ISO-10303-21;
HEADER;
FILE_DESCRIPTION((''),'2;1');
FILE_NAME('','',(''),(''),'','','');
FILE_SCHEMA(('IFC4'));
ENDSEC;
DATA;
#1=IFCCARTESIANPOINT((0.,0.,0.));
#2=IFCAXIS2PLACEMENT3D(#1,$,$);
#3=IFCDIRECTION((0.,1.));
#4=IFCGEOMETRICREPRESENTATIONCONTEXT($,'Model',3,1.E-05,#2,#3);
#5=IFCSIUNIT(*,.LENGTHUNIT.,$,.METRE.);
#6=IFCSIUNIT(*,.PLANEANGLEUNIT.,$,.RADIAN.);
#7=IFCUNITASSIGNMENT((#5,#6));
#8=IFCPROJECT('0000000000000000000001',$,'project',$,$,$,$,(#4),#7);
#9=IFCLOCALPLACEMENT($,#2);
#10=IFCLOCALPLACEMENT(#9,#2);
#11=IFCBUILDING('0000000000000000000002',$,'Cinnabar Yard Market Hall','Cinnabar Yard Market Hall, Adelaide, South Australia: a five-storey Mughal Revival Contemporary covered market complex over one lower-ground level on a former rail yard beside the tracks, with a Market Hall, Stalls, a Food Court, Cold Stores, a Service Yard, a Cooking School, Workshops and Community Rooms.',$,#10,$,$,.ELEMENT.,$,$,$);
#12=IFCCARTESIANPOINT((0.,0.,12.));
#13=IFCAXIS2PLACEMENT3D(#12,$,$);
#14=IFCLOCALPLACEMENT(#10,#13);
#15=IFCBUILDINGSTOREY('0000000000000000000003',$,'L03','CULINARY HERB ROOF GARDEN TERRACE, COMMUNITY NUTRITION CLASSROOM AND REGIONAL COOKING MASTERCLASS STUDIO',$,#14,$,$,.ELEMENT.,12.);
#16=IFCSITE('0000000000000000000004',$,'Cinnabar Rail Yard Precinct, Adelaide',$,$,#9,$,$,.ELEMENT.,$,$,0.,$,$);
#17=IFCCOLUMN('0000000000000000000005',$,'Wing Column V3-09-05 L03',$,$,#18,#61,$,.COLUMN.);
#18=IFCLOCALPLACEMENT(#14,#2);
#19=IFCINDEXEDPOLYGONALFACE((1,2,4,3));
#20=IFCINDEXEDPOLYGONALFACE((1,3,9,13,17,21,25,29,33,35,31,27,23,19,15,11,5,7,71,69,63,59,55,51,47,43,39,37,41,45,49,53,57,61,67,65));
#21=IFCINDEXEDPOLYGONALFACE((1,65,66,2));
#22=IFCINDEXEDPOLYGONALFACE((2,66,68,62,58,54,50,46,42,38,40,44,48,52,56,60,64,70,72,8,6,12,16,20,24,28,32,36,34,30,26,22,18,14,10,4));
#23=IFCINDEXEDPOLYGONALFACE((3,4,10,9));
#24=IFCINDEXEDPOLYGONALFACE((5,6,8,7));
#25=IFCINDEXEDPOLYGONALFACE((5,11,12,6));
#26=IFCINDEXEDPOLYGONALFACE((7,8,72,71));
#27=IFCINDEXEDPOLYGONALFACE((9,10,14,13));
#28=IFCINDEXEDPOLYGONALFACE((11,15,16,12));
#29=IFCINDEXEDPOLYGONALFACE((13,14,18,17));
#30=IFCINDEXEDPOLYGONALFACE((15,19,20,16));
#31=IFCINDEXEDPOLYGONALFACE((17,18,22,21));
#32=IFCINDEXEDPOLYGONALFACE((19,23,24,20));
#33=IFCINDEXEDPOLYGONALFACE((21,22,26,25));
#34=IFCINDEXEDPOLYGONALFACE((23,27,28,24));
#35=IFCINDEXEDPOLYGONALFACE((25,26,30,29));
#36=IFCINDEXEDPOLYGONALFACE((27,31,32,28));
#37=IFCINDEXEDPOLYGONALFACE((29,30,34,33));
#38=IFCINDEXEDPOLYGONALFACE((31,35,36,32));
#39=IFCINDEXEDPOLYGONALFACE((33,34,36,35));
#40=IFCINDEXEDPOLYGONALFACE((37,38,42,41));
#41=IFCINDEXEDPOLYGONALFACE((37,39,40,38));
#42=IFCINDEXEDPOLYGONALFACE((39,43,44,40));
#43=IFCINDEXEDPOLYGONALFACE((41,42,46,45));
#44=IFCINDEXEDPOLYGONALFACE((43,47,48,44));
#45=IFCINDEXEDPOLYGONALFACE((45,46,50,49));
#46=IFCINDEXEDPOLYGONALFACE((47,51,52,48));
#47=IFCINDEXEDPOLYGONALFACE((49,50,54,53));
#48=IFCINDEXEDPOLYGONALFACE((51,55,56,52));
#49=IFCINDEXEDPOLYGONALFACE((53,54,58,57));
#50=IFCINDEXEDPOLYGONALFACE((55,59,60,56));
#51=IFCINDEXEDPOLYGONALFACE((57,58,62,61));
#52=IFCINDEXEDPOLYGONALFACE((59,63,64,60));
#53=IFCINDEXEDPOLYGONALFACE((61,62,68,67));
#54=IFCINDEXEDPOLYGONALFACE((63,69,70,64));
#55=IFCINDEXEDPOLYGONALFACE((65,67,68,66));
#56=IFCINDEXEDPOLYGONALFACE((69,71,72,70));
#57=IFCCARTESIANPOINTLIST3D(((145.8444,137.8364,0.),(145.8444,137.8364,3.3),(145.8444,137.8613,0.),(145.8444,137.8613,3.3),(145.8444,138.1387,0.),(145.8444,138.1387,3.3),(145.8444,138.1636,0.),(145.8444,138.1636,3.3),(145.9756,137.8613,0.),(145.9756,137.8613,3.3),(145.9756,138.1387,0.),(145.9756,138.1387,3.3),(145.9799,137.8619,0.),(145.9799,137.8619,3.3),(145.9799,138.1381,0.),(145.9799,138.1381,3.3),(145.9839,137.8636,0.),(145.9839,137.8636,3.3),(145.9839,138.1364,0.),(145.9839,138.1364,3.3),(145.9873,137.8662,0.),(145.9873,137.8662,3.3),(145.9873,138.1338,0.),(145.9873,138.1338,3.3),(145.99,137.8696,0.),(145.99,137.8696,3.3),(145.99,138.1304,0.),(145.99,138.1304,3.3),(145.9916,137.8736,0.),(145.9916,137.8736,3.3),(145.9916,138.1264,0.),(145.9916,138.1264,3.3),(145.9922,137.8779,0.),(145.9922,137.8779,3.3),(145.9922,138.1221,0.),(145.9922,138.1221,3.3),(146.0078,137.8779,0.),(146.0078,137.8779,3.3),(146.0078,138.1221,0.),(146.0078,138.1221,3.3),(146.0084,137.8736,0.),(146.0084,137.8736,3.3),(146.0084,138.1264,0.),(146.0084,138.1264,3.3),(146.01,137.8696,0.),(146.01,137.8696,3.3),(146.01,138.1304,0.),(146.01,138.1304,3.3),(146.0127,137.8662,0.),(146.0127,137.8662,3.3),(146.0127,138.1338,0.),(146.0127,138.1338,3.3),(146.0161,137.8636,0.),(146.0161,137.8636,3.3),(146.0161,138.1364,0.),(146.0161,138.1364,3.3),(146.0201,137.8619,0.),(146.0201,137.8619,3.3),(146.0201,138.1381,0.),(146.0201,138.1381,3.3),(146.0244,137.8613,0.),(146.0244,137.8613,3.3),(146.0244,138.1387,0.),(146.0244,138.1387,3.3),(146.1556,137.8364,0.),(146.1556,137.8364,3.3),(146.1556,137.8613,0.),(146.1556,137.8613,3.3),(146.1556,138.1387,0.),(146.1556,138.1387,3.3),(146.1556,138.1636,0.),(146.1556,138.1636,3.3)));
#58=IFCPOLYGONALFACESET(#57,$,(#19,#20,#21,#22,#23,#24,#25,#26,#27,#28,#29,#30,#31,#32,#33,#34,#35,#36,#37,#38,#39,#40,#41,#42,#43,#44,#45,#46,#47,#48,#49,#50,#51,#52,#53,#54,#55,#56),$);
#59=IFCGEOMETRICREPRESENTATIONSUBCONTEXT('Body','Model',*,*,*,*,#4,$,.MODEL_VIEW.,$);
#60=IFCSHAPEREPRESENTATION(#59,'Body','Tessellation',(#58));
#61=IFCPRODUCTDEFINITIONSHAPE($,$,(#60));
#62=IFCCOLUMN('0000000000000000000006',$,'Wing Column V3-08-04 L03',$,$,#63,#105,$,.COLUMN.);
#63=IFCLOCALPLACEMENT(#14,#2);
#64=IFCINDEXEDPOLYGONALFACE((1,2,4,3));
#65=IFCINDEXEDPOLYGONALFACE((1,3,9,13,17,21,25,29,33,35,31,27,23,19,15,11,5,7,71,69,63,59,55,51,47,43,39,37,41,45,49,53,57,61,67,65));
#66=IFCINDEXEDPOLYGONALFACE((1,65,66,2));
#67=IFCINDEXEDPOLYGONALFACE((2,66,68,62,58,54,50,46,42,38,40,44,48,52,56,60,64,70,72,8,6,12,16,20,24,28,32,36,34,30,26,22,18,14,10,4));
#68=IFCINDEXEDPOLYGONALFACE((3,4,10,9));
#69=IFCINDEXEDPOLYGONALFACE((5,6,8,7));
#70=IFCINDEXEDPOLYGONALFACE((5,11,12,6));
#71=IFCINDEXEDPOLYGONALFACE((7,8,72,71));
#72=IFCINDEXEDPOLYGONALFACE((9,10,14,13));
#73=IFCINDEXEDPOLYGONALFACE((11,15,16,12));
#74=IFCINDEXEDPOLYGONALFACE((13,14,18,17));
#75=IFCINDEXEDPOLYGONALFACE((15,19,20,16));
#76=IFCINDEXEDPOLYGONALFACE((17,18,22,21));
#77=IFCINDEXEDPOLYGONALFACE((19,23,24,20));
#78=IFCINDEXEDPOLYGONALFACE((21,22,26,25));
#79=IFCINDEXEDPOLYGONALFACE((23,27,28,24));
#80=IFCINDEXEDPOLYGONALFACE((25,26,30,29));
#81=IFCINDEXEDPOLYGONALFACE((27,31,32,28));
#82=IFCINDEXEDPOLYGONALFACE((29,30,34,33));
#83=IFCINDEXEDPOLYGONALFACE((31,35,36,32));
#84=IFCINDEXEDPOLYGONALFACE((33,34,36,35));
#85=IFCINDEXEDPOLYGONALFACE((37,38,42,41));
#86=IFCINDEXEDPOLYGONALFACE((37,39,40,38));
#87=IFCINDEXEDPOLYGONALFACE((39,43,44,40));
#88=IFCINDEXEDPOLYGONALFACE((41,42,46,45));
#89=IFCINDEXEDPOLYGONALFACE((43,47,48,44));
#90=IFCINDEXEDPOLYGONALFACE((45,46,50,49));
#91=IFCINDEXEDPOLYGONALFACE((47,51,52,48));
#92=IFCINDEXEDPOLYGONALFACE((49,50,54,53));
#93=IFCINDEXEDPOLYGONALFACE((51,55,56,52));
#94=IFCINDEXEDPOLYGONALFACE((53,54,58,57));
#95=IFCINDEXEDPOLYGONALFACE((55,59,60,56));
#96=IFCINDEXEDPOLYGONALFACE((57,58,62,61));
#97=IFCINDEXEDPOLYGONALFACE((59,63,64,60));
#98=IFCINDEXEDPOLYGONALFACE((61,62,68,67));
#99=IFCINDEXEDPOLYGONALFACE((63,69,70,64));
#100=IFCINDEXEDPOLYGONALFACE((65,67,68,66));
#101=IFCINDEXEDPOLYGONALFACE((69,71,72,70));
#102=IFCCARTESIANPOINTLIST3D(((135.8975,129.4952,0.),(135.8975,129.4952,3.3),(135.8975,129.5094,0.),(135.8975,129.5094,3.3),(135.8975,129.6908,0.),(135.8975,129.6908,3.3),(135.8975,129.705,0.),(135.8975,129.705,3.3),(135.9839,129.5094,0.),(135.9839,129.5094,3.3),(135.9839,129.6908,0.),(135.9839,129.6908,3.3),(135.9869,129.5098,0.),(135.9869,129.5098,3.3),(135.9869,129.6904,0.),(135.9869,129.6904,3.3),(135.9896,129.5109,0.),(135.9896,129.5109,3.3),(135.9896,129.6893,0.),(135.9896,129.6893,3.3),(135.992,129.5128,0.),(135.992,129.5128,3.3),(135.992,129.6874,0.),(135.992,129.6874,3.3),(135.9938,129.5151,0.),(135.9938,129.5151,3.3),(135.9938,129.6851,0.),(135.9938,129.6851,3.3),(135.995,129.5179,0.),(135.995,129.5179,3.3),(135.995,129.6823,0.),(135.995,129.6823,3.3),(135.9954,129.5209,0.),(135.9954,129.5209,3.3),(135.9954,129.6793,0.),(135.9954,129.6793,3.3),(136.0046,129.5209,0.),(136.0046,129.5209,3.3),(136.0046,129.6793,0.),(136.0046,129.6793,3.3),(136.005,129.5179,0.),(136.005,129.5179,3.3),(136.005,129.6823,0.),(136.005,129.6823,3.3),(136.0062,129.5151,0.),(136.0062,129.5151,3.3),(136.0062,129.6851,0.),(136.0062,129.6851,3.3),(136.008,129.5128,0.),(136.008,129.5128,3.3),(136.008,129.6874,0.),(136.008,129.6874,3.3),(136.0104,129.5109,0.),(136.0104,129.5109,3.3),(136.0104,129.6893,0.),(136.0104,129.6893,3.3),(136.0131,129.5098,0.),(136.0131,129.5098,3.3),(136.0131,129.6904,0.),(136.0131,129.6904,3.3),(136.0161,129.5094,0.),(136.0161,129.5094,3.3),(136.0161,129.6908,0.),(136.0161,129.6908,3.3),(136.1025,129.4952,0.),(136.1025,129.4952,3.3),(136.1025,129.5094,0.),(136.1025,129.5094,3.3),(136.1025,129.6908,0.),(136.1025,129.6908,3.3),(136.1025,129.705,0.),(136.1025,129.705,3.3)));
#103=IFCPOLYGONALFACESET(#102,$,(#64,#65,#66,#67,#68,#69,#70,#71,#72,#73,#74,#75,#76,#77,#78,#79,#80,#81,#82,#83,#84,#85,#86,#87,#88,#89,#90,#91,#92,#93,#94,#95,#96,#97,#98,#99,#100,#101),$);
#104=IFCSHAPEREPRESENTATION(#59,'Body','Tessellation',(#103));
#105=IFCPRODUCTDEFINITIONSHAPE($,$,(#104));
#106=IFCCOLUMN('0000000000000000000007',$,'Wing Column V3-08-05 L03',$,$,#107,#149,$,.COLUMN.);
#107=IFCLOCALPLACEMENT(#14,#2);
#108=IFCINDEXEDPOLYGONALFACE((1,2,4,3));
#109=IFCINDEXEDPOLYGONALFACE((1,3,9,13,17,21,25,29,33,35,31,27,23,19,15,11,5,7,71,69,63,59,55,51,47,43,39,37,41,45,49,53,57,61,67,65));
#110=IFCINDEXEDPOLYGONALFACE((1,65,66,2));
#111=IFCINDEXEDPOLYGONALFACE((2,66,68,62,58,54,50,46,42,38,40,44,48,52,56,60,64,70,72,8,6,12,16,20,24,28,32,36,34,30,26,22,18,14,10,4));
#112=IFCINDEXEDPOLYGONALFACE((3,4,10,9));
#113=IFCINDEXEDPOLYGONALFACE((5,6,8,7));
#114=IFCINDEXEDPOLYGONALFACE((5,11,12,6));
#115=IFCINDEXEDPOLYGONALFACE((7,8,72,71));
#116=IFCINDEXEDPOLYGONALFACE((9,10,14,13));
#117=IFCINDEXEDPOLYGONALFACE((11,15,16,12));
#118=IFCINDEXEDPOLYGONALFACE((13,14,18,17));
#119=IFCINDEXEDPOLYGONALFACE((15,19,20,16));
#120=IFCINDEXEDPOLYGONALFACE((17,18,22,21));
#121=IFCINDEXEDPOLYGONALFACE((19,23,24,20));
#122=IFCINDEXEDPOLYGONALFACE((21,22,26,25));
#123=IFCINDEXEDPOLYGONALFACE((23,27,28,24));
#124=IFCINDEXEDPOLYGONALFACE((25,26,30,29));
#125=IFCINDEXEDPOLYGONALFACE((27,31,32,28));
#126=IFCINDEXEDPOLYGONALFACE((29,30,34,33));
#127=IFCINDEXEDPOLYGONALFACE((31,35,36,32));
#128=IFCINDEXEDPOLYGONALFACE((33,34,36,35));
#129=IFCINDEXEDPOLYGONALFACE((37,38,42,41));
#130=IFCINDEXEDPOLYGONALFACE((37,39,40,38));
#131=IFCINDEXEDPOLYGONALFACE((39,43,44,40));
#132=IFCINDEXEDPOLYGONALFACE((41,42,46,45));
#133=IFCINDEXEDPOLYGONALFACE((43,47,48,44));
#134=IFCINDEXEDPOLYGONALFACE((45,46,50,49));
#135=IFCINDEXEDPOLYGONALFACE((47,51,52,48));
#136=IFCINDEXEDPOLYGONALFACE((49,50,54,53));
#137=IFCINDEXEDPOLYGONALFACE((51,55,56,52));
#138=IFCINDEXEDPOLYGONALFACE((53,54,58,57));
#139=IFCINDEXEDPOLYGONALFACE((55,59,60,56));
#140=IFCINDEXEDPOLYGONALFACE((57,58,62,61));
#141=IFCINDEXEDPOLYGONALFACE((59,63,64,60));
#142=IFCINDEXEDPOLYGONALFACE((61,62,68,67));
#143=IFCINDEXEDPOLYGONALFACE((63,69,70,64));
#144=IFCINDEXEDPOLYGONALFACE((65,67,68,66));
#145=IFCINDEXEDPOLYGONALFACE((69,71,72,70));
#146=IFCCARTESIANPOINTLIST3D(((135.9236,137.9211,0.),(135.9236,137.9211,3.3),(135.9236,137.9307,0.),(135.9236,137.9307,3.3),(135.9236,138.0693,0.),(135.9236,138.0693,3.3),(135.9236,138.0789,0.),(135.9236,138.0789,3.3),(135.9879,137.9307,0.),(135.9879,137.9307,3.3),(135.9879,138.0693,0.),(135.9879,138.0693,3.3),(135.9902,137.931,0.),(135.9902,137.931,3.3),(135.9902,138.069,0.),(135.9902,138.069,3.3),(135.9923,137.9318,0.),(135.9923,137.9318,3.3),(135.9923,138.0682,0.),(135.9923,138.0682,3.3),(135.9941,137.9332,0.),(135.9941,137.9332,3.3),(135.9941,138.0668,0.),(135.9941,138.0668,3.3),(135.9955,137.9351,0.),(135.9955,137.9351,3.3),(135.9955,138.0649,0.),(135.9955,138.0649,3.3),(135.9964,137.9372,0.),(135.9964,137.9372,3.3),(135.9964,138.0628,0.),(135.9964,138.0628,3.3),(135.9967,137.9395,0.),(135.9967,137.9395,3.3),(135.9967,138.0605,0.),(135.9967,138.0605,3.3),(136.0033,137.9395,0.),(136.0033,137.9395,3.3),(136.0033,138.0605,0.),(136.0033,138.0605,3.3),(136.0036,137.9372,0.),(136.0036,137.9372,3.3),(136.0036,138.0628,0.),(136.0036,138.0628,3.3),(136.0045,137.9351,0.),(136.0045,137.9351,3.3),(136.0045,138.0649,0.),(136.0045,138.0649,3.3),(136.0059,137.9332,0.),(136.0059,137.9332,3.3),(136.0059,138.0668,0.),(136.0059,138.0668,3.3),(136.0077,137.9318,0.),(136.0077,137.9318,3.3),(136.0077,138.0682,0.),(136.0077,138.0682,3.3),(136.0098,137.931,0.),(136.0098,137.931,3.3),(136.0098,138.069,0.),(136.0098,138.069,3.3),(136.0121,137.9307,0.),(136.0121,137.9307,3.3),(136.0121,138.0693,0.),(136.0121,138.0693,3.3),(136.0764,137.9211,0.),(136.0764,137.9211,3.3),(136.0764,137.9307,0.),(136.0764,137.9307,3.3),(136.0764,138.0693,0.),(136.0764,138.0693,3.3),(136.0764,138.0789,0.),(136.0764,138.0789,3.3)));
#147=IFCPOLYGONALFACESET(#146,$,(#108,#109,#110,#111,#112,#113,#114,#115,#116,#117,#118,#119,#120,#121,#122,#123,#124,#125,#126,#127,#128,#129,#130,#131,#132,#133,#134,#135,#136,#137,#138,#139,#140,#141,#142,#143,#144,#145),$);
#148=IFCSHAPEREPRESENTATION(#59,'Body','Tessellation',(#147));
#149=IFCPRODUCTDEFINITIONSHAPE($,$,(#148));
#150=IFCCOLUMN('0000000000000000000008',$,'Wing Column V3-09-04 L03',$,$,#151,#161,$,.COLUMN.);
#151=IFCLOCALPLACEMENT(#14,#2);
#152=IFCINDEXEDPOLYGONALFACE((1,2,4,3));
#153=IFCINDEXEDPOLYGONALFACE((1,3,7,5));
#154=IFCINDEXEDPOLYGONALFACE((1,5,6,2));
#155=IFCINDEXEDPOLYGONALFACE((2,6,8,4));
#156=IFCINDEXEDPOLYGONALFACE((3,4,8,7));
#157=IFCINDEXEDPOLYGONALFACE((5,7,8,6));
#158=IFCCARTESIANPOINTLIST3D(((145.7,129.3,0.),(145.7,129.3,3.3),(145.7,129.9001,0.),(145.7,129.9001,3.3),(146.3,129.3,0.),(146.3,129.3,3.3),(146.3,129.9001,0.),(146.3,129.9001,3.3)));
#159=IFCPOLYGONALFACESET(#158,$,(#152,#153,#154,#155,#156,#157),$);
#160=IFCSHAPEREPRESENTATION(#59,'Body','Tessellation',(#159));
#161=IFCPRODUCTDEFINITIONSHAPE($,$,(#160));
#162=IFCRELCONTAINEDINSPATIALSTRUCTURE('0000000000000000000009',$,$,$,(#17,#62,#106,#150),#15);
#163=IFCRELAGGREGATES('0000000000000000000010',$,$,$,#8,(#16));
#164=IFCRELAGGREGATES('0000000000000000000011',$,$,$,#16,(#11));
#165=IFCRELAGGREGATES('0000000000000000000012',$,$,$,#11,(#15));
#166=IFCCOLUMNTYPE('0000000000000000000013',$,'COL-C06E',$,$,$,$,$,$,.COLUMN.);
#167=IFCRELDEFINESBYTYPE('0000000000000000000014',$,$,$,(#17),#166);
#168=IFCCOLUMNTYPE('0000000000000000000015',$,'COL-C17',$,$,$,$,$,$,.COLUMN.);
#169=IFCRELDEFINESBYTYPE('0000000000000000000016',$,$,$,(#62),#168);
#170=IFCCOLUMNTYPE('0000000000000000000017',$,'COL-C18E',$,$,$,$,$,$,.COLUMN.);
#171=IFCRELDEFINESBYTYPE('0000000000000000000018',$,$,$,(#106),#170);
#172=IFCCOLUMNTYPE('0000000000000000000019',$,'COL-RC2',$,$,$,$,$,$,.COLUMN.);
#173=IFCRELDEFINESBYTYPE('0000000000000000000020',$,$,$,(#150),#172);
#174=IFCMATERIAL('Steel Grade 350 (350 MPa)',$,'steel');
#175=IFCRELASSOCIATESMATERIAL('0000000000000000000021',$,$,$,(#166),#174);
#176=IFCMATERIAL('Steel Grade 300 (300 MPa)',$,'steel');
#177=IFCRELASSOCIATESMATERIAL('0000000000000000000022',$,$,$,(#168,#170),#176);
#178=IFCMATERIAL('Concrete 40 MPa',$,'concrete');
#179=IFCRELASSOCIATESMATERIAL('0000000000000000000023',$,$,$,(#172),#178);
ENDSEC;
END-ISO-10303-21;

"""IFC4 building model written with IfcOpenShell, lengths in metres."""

from ifc_helpers import new_model, si_unit, direction, frame, origin, origin_2d_with_axis, place, context, subcontext, project, spatial, rectangle, i_section, extrude, material, material_profile, profile_set, type_object, element, save


model = new_model("IFC4")

# Units and contexts
model_context = context("Model", 3, precision=1e-05, world=origin(), true_north=direction((0.0, 1.0)))
body_context = subcontext(model_context, "Body", "Model", "MODEL_VIEW")
ifc_project = project(units=[si_unit("LENGTHUNIT", "METRE"), si_unit("PLANEANGLEUNIT", "RADIAN")], contexts=[model_context])

# Site, building, storey
site_placement = place(None, origin())
site = spatial("IfcSite", under=ifc_project, at=site_placement, Name="Cinnabar Rail Yard Precinct, Adelaide", CompositionType="ELEMENT", RefElevation=0.0)
building_placement = place(site_placement, origin())
building = spatial("IfcBuilding", under=site, at=building_placement, Name="Cinnabar Yard Market Hall", Description="Cinnabar Yard Market Hall, Adelaide, South Australia: a five-storey Mughal Revival Contemporary covered market complex over one lower-ground level on a former rail yard beside the tracks, with a Market Hall, Stalls, a Food Court, Cold Stores, a Service Yard, a Cooking School, Workshops and Community Rooms.", CompositionType="ELEMENT")
storey_placement = place(building_placement, frame((0.0, 0.0, 12.0)))
storey = spatial("IfcBuildingStorey", under=building, at=storey_placement, Name="L03", Description="CULINARY HERB ROOF GARDEN TERRACE, COMMUNITY NUTRITION CLASSROOM AND REGIONAL COOKING MASTERCLASS STUDIO", CompositionType="ELEMENT", Elevation=12.0)

# Columns
ifc_material_1 = material(Name="Steel Grade 350 (350 MPa)", Category="steel")
ifc_material_profile_1 = material_profile(ifc_material_1, i_section(OverallWidth=0.3113, OverallDepth=0.3271, WebThickness=0.0156, FlangeThickness=0.0249, FilletRadius=0.0166, at=origin_2d_with_axis()), Name="310UC158")
ifc_profile_set_1 = profile_set([ifc_material_profile_1], Name="Steel Grade 350 (350 MPa)")
column_type_1 = type_object("IfcColumnType", Name="COL-C06E", PredefinedType="COLUMN", material=ifc_profile_set_1)
column_1_placement = place(storey_placement, frame((146.0, 138.0, 0.0), z_axis=(0.0, 0.0, 1.0), x_axis=(1.0, 0.0, 0.0)))
element("IfcColumn", 1, at=column_1_placement, inside=storey, type_object=column_type_1, Name="Wing Column V3-09-05 L03", PredefinedType="COLUMN", context=body_context, shape_type="SweptSolid", body=[
    extrude(i_section(OverallWidth=0.3113, OverallDepth=0.3271, WebThickness=0.0156, FlangeThickness=0.0249, FilletRadius=0.0166, at=origin_2d_with_axis()), origin(), (0.0, 0.0, 1.0), 3.3),
])
ifc_material_2 = material(Name="Steel Grade 300 (300 MPa)", Category="steel")
ifc_material_profile_2 = material_profile(ifc_material_2, i_section(OverallWidth=0.2051, OverallDepth=0.2097, WebThickness=0.0093, FlangeThickness=0.0142, FilletRadius=0.0115, at=origin_2d_with_axis()), Name="200UC59.5")
ifc_profile_set_2 = profile_set([ifc_material_profile_2], Name="Steel Grade 300 (300 MPa)")
column_type_2 = type_object("IfcColumnType", Name="COL-C17", PredefinedType="COLUMN", material=ifc_profile_set_2)
column_2_placement = place(storey_placement, frame((136.0, 129.6001, 0.0), z_axis=(0.0, 0.0, 1.0), x_axis=(1.0, 0.0, 0.0)))
element("IfcColumn", 2, at=column_2_placement, inside=storey, type_object=column_type_2, Name="Wing Column V3-08-04 L03", PredefinedType="COLUMN", context=body_context, shape_type="SweptSolid", body=[
    extrude(i_section(OverallWidth=0.2051, OverallDepth=0.2097, WebThickness=0.0093, FlangeThickness=0.0142, FilletRadius=0.0115, at=origin_2d_with_axis()), origin(), (0.0, 0.0, 1.0), 3.3),
])
ifc_material_profile_3 = material_profile(ifc_material_2, i_section(OverallWidth=0.1528, OverallDepth=0.1577, WebThickness=0.0066, FlangeThickness=0.0095, FilletRadius=0.0088, at=origin_2d_with_axis()), Name="150UC30.0")
ifc_profile_set_3 = profile_set([ifc_material_profile_3], Name="Steel Grade 300 (300 MPa)")
column_type_3 = type_object("IfcColumnType", Name="COL-C18E", PredefinedType="COLUMN", material=ifc_profile_set_3)
column_3_placement = place(storey_placement, frame((136.0, 138.0, 0.0), z_axis=(0.0, 0.0, 1.0), x_axis=(1.0, 0.0, 0.0)))
element("IfcColumn", 3, at=column_3_placement, inside=storey, type_object=column_type_3, Name="Wing Column V3-08-05 L03", PredefinedType="COLUMN", context=body_context, shape_type="SweptSolid", body=[
    extrude(i_section(OverallWidth=0.1528, OverallDepth=0.1577, WebThickness=0.0066, FlangeThickness=0.0095, FilletRadius=0.0088, at=origin_2d_with_axis()), origin(), (0.0, 0.0, 1.0), 3.3),
])
ifc_material_3 = material(Name="Concrete 40 MPa", Category="concrete")
ifc_material_profile_4 = material_profile(ifc_material_3, rectangle(XDim=0.6001, YDim=0.6001, at=origin_2d_with_axis()), Name="RC-600x600")
ifc_profile_set_4 = profile_set([ifc_material_profile_4], Name="Concrete 40 MPa")
column_type_4 = type_object("IfcColumnType", Name="COL-RC2", PredefinedType="COLUMN", material=ifc_profile_set_4)
column_4_placement = place(storey_placement, frame((146.0, 129.6001, 0.0), z_axis=(0.0, 0.0, 1.0), x_axis=(1.0, 0.0, 0.0)))
element("IfcColumn", 4, at=column_4_placement, inside=storey, type_object=column_type_4, Name="Wing Column V3-09-04 L03", PredefinedType="COLUMN", context=body_context, shape_type="SweptSolid", body=[
    extrude(rectangle(XDim=0.6001, YDim=0.6001, at=origin_2d_with_axis()), origin(), (0.0, 0.0, 1.0), 3.3),
])

save(model, "model.ifc")
